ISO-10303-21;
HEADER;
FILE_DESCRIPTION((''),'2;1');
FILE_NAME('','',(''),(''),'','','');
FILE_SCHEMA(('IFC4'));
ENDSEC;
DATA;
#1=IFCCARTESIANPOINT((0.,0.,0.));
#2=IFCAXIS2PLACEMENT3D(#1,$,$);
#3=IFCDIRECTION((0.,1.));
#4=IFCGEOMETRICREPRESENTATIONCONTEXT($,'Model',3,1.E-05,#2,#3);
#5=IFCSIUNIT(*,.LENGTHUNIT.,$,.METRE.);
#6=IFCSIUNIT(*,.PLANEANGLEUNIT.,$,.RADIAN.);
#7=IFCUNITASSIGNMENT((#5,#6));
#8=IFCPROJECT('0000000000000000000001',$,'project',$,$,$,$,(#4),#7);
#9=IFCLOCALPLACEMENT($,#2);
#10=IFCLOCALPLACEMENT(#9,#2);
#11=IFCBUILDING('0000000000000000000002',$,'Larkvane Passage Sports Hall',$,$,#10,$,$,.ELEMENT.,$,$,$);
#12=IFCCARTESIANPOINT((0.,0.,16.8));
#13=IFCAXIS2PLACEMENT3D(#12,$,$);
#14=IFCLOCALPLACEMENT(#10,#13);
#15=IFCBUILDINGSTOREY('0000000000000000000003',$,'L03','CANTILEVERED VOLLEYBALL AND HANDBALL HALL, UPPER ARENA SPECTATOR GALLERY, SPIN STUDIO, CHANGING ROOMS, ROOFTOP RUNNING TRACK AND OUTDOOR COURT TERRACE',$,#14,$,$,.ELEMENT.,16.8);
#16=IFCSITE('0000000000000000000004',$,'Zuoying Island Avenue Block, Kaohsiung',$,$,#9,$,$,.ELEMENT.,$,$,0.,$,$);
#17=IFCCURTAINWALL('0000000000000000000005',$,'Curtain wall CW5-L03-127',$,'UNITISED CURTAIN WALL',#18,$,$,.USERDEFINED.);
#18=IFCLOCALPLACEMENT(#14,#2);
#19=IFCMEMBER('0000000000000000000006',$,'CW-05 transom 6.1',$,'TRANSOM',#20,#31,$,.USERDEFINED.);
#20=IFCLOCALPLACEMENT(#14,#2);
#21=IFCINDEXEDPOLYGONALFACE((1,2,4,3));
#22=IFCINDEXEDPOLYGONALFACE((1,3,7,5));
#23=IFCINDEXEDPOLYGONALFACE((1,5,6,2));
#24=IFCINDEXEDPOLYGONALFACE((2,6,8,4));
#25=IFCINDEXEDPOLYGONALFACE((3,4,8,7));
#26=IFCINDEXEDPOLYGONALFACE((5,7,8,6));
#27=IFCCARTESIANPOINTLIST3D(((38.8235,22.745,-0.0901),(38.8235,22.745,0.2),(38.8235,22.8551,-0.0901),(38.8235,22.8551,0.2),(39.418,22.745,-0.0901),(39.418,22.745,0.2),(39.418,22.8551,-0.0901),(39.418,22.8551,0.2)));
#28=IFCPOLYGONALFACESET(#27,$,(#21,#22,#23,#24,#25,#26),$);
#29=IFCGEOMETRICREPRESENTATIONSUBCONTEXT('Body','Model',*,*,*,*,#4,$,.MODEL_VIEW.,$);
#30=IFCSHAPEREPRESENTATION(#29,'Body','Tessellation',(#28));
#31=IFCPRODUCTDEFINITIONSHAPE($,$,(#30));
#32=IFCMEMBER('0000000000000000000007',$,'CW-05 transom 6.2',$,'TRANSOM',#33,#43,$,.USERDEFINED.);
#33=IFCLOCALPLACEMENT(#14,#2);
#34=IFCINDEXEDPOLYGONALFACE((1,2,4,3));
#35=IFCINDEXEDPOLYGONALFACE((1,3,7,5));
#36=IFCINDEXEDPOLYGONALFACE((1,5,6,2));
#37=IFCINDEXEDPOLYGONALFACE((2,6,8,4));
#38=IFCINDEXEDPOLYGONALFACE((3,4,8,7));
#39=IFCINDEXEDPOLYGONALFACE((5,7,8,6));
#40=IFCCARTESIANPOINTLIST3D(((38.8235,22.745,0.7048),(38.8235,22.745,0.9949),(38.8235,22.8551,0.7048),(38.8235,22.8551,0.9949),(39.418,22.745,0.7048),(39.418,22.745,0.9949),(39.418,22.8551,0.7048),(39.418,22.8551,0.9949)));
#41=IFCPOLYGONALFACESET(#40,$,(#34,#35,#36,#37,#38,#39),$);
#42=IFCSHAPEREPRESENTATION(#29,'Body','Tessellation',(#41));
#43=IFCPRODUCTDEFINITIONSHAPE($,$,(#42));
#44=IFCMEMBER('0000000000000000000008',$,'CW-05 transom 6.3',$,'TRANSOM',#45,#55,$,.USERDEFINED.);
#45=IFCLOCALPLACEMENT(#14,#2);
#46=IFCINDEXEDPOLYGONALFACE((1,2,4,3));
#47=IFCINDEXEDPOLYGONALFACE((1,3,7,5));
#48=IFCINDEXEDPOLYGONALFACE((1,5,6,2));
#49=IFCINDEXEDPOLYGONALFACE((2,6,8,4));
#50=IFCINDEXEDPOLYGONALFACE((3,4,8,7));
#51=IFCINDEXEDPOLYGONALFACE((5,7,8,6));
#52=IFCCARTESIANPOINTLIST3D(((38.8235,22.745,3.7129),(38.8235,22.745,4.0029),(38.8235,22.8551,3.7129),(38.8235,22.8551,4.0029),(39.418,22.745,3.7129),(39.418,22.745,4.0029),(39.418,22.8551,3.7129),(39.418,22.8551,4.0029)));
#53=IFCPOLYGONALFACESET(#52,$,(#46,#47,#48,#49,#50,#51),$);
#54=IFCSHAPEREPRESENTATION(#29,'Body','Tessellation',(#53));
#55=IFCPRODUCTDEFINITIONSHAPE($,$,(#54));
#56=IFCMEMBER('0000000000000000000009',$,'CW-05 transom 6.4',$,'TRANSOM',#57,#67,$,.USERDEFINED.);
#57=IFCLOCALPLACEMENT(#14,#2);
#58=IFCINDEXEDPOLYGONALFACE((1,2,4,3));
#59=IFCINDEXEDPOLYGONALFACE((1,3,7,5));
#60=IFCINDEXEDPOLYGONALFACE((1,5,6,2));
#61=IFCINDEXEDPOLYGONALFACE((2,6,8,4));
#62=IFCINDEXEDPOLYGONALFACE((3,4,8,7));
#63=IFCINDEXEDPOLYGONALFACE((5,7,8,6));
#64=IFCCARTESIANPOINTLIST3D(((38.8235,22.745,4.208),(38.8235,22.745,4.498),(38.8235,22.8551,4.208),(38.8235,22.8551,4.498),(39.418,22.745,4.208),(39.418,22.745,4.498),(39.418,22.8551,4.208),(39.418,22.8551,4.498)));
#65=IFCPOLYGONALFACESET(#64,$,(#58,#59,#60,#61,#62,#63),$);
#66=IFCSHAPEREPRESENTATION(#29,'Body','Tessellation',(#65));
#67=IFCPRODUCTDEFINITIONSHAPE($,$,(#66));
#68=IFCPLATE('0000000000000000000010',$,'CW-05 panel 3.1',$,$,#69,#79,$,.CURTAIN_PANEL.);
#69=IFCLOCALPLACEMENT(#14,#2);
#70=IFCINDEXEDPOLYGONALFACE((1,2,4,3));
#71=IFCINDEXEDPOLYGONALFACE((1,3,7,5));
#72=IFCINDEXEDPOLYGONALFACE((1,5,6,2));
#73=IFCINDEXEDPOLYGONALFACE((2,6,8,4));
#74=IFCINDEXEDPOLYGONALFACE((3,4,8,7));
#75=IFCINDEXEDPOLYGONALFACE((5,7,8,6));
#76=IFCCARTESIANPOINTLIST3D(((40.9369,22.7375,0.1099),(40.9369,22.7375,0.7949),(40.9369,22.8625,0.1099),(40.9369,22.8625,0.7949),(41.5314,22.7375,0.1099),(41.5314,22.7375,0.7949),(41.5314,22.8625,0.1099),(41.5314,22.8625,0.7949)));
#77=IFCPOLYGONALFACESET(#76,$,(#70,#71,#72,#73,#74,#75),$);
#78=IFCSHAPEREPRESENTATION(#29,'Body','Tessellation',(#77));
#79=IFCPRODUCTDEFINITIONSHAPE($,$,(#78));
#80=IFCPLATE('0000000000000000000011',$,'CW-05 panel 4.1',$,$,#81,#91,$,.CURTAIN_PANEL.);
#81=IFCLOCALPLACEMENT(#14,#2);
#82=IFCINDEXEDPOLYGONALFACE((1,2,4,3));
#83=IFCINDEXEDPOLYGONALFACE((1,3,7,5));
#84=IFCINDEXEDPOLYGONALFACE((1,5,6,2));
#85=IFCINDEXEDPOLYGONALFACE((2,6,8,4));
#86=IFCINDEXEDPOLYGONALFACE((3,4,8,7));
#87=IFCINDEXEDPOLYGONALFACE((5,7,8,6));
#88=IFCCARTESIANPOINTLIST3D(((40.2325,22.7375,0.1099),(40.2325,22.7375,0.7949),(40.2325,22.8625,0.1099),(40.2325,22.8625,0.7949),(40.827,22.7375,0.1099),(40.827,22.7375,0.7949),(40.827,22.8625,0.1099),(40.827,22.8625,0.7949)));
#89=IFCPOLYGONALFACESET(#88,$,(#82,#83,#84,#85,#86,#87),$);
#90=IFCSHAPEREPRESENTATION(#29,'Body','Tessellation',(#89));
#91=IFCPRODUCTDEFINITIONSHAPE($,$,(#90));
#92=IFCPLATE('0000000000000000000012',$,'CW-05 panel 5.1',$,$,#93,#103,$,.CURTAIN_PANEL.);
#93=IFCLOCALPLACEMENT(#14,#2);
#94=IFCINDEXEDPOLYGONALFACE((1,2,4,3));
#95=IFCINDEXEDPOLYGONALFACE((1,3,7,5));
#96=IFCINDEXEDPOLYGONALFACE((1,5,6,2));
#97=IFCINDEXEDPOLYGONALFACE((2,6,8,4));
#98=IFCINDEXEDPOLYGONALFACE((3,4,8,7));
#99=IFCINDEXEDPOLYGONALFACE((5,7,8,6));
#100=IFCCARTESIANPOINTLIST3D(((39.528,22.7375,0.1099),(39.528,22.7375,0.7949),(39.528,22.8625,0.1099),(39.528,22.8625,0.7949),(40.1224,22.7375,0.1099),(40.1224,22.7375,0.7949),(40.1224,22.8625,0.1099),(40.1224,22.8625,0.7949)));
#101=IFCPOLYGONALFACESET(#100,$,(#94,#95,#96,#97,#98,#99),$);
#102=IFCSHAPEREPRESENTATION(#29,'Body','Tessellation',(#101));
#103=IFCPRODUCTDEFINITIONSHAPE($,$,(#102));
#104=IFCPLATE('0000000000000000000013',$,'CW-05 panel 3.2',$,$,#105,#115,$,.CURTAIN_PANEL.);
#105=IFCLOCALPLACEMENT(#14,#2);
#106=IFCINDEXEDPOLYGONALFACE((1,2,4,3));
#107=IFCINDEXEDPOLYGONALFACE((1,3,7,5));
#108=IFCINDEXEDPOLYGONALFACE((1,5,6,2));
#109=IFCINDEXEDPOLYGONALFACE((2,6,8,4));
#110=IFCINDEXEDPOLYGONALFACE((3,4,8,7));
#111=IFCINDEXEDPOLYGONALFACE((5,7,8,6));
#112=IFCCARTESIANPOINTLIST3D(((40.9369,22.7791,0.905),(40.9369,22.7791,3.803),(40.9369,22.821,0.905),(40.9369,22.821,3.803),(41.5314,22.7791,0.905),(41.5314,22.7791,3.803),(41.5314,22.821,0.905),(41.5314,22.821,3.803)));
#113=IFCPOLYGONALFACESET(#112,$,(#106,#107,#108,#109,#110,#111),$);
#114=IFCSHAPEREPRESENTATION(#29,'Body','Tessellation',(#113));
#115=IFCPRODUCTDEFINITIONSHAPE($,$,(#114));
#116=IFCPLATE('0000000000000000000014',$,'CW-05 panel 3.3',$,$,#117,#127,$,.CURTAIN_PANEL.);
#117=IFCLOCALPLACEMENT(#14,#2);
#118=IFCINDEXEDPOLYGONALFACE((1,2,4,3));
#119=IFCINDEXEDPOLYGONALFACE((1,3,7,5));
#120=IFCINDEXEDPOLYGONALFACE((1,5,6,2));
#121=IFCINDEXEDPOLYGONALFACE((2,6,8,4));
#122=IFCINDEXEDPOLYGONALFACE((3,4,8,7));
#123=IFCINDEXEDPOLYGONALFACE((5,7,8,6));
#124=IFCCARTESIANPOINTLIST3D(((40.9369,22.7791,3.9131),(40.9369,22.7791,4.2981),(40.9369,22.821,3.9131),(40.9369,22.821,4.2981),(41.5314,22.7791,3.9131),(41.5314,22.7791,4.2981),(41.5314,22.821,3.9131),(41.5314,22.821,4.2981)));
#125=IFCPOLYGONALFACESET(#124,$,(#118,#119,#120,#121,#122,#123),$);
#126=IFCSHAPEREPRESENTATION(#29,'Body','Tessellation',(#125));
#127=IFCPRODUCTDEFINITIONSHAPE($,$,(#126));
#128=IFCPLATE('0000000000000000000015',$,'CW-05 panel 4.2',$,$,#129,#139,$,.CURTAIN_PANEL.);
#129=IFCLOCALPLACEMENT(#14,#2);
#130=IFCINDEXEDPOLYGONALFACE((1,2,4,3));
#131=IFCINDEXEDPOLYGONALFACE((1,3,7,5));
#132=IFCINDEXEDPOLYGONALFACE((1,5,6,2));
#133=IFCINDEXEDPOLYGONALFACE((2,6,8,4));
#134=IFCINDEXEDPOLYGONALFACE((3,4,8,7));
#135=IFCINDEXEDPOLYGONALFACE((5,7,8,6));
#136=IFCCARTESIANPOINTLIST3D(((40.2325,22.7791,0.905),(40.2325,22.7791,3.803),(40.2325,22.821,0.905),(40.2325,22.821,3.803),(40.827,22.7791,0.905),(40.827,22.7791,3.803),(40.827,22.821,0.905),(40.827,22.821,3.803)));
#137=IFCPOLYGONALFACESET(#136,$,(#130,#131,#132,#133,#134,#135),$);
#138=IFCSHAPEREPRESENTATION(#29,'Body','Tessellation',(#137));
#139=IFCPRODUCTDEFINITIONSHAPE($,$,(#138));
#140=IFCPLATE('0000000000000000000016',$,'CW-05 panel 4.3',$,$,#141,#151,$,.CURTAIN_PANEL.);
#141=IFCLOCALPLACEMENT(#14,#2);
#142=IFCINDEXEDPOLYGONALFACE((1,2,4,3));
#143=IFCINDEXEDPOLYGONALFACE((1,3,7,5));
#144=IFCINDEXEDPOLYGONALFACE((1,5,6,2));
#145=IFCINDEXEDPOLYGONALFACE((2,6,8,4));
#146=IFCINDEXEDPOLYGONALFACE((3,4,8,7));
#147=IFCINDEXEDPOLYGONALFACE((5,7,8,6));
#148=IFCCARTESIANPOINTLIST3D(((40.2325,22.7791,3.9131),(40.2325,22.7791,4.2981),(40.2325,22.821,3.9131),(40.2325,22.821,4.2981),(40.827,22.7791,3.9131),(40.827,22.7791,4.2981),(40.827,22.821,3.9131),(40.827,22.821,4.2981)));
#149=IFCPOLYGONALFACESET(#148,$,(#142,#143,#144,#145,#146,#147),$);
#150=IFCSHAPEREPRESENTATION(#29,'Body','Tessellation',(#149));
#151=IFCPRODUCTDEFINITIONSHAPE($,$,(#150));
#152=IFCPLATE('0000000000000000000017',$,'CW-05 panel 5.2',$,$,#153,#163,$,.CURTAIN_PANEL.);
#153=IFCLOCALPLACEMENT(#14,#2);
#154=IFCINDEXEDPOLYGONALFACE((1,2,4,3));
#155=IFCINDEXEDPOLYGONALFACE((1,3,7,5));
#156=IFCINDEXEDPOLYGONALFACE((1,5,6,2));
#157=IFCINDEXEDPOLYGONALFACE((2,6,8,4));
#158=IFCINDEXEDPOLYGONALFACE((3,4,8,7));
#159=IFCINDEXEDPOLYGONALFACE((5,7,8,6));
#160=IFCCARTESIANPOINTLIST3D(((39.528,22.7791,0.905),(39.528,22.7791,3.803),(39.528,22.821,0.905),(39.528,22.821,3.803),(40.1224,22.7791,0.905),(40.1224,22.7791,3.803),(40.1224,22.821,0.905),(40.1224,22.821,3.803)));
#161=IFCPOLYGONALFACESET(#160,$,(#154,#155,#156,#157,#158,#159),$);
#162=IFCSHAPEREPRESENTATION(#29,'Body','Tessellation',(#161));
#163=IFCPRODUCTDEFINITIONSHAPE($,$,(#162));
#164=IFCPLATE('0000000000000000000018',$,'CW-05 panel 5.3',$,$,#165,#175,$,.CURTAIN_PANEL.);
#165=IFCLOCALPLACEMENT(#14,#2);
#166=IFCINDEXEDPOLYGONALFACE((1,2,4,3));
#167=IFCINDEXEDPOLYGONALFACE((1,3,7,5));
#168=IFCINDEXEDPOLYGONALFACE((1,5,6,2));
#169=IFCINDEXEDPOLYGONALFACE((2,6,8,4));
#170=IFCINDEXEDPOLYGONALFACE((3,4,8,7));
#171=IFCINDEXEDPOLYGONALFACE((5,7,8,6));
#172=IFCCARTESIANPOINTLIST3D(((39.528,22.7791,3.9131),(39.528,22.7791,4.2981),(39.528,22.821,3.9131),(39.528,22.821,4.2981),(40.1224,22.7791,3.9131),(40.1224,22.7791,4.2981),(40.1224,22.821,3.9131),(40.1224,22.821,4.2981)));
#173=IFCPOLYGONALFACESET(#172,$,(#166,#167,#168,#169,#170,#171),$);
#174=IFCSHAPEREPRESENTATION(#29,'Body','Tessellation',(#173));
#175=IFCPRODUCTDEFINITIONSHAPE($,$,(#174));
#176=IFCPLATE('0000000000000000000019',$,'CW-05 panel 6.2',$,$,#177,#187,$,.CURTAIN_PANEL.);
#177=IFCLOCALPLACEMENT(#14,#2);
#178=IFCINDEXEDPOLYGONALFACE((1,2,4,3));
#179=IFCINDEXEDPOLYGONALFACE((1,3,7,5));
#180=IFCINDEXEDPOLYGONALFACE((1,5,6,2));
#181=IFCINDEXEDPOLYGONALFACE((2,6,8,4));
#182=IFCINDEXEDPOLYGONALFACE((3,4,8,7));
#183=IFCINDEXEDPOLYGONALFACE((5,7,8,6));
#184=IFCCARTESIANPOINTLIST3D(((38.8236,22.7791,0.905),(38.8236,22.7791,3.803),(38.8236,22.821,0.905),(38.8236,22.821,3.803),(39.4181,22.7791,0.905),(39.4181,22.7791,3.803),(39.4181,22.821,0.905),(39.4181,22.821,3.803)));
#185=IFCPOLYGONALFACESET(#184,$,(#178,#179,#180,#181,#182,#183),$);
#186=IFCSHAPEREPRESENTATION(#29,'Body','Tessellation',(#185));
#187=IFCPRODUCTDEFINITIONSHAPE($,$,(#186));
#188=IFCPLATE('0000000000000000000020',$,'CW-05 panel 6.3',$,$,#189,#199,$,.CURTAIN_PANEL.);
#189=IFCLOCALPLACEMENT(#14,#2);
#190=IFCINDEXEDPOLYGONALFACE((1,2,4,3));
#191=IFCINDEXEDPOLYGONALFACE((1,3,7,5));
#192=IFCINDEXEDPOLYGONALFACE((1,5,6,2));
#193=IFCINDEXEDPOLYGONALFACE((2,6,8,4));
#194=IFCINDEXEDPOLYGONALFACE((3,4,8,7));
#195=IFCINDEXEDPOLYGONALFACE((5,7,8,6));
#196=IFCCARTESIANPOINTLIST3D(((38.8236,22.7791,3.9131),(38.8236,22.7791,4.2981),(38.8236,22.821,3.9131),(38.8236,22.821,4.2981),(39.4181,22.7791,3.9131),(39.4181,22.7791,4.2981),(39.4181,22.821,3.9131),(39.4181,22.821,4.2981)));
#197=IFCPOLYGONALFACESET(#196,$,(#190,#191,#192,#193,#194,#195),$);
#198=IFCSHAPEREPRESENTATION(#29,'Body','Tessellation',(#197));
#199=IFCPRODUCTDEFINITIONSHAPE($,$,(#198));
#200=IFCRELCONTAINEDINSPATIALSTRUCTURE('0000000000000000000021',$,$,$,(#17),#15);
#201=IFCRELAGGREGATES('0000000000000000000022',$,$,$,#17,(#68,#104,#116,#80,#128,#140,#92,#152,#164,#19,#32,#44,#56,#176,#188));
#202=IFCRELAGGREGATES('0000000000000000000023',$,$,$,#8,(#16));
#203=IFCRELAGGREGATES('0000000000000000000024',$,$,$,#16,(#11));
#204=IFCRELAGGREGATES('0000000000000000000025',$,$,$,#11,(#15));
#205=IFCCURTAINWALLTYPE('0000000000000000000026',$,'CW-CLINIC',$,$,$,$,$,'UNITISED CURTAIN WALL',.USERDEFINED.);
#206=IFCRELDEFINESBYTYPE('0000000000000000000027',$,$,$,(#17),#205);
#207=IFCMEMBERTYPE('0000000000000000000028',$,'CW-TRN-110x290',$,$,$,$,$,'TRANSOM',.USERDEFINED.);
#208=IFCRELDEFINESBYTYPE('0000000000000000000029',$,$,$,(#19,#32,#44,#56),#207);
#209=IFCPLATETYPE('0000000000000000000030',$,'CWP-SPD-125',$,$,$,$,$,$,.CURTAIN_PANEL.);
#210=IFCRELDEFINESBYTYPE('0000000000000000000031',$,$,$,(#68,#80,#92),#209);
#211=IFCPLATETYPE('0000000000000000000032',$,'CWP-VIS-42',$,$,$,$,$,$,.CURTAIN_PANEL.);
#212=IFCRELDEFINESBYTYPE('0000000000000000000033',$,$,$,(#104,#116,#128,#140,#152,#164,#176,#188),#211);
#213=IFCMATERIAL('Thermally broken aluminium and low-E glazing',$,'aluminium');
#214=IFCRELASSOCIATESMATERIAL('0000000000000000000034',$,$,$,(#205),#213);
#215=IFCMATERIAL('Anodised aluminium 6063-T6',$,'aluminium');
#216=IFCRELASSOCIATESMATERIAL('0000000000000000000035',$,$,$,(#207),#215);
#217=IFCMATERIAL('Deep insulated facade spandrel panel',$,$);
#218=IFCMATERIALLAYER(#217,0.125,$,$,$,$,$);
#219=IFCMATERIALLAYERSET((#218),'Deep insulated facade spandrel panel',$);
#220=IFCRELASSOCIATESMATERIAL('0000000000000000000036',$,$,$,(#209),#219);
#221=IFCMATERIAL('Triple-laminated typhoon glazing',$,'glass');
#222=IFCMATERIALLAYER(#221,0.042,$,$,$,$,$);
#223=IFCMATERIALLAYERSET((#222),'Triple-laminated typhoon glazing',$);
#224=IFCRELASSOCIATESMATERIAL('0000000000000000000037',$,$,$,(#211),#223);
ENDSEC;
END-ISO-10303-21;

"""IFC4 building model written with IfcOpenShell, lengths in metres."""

from ifc_helpers import new_model, si_unit, direction, frame, origin, origin_2d, place, context, subcontext, project, spatial, rectangle, extrude, material, layer, layer_set, material_profile, profile_set, type_object, element, aggregate, save


model = new_model("IFC4")

# Units and contexts
model_context = context("Model", 3, precision=1e-05, world=origin(), true_north=direction((0.0, 1.0)))
body_context = subcontext(model_context, "Body", "Model", "MODEL_VIEW")
ifc_project = project(units=[si_unit("LENGTHUNIT", "METRE"), si_unit("PLANEANGLEUNIT", "RADIAN")], contexts=[model_context])

# Site, building, storey
site_placement = place(None, origin())
site = spatial("IfcSite", under=ifc_project, at=site_placement, Name="Zuoying Island Avenue Block, Kaohsiung", CompositionType="ELEMENT", RefElevation=0.0)
building_placement = place(site_placement, origin())
building = spatial("IfcBuilding", under=site, at=building_placement, Name="Larkvane Passage Sports Hall", CompositionType="ELEMENT")
storey_placement = place(building_placement, frame((0.0, 0.0, 16.8)))
storey = spatial("IfcBuildingStorey", under=building, at=storey_placement, Name="L03", Description="CANTILEVERED VOLLEYBALL AND HANDBALL HALL, UPPER ARENA SPECTATOR GALLERY, SPIN STUDIO, CHANGING ROOMS, ROOFTOP RUNNING TRACK AND OUTDOOR COURT TERRACE", CompositionType="ELEMENT", Elevation=16.8)

# Curtain wall, members, plates
ifc_material_1 = material(Name="Thermally broken aluminium and low-E glazing", Category="aluminium")
curtain_wall_type = type_object("IfcCurtainWallType", Name="CW-CLINIC", ElementType="UNITISED CURTAIN WALL", PredefinedType="USERDEFINED", material=ifc_material_1)
curtain_wall_placement = place(storey_placement, origin())
curtain_wall = element("IfcCurtainWall", 1, at=curtain_wall_placement, inside=storey, type_object=curtain_wall_type, Name="Curtain wall CW5-L03-127", ObjectType="UNITISED CURTAIN WALL", PredefinedType="USERDEFINED")
ifc_material_2 = material(Name="Anodised aluminium 6063-T6", Category="aluminium")
ifc_material_profile_1 = material_profile(ifc_material_2, rectangle(XDim=0.1101, YDim=0.29, at=origin_2d()), Name="ALU-TRN-110x290")
ifc_profile_set_1 = profile_set([ifc_material_profile_1], Name="Anodised aluminium 6063-T6")
member_type_1 = type_object("IfcMemberType", Name="CW-TRN-110x290", ElementType="TRANSOM", PredefinedType="USERDEFINED", material=ifc_profile_set_1)
member_1_placement = place(storey_placement, frame((39.418, 22.8, 0.0549), z_axis=(-1.0, 0.0, 0.0), x_axis=(0.0, -1.0, 0.0)))
member_1 = element("IfcMember", 2, at=member_1_placement, type_object=member_type_1, Name="CW-05 transom 6.1", ObjectType="TRANSOM", PredefinedType="USERDEFINED", context=body_context, shape_type="SweptSolid", body=[
    extrude(rectangle(XDim=0.1101, YDim=0.29, at=origin_2d()), origin(), (0.0, 0.0, 1.0), 0.5945),
])
member_2_placement = place(storey_placement, frame((39.418, 22.8, 0.8499), z_axis=(-1.0, 0.0, 0.0), x_axis=(0.0, -1.0, 0.0)))
member_2 = element("IfcMember", 3, at=member_2_placement, type_object=member_type_1, Name="CW-05 transom 6.2", ObjectType="TRANSOM", PredefinedType="USERDEFINED", context=body_context, shape_type="SweptSolid", body=[
    extrude(rectangle(XDim=0.1101, YDim=0.29, at=origin_2d()), origin(), (0.0, 0.0, 1.0), 0.5945),
])
member_3_placement = place(storey_placement, frame((39.418, 22.8, 3.8579), z_axis=(-1.0, 0.0, 0.0), x_axis=(0.0, -1.0, 0.0)))
member_3 = element("IfcMember", 4, at=member_3_placement, type_object=member_type_1, Name="CW-05 transom 6.3", ObjectType="TRANSOM", PredefinedType="USERDEFINED", context=body_context, shape_type="SweptSolid", body=[
    extrude(rectangle(XDim=0.1101, YDim=0.29, at=origin_2d()), origin(), (0.0, 0.0, 1.0), 0.5945),
])
member_4_placement = place(storey_placement, frame((39.418, 22.8, 4.353), z_axis=(-1.0, 0.0, 0.0), x_axis=(0.0, -1.0, 0.0)))
member_4 = element("IfcMember", 5, at=member_4_placement, type_object=member_type_1, Name="CW-05 transom 6.4", ObjectType="TRANSOM", PredefinedType="USERDEFINED", context=body_context, shape_type="SweptSolid", body=[
    extrude(rectangle(XDim=0.1101, YDim=0.29, at=origin_2d()), origin(), (0.0, 0.0, 1.0), 0.5945),
])
ifc_material_3 = material(Name="Deep insulated facade spandrel panel")
ifc_layer_1 = layer(ifc_material_3, 0.125)
ifc_layer_set_1 = layer_set([ifc_layer_1], Name="Deep insulated facade spandrel panel")
plate_type_1 = type_object("IfcPlateType", Name="CWP-SPD-125", PredefinedType="CURTAIN_PANEL", material=ifc_layer_set_1)
plate_1_placement = place(storey_placement, frame((41.2341, 22.8, 0.1099), z_axis=(0.0, 0.0, 1.0), x_axis=(-1.0, 0.0, 0.0)))
plate_1 = element("IfcPlate", 6, at=plate_1_placement, type_object=plate_type_1, Name="CW-05 panel 3.1", PredefinedType="CURTAIN_PANEL", context=body_context, shape_type="SweptSolid", body=[
    extrude(rectangle(XDim=0.5945, YDim=0.125, at=origin_2d()), origin(), (0.0, 0.0, 1.0), 0.6851),
])
plate_2_placement = place(storey_placement, frame((40.5298, 22.8, 0.1099), z_axis=(0.0, 0.0, 1.0), x_axis=(-1.0, 0.0, 0.0)))
plate_2 = element("IfcPlate", 7, at=plate_2_placement, type_object=plate_type_1, Name="CW-05 panel 4.1", PredefinedType="CURTAIN_PANEL", context=body_context, shape_type="SweptSolid", body=[
    extrude(rectangle(XDim=0.5945, YDim=0.125, at=origin_2d()), origin(), (0.0, 0.0, 1.0), 0.6851),
])
plate_3_placement = place(storey_placement, frame((39.8252, 22.8, 0.1099), z_axis=(0.0, 0.0, 1.0), x_axis=(-1.0, 0.0, 0.0)))
plate_3 = element("IfcPlate", 8, at=plate_3_placement, type_object=plate_type_1, Name="CW-05 panel 5.1", PredefinedType="CURTAIN_PANEL", context=body_context, shape_type="SweptSolid", body=[
    extrude(rectangle(XDim=0.5945, YDim=0.125, at=origin_2d()), origin(), (0.0, 0.0, 1.0), 0.6851),
])
ifc_material_4 = material(Name="Triple-laminated typhoon glazing", Category="glass")
ifc_layer_2 = layer(ifc_material_4, 0.042)
ifc_layer_set_2 = layer_set([ifc_layer_2], Name="Triple-laminated typhoon glazing")
plate_type_2 = type_object("IfcPlateType", Name="CWP-VIS-42", PredefinedType="CURTAIN_PANEL", material=ifc_layer_set_2)
plate_4_placement = place(storey_placement, frame((41.2341, 22.8, 0.905), z_axis=(0.0, 0.0, 1.0), x_axis=(-1.0, 0.0, 0.0)))
plate_4 = element("IfcPlate", 9, at=plate_4_placement, type_object=plate_type_2, Name="CW-05 panel 3.2", PredefinedType="CURTAIN_PANEL", context=body_context, shape_type="SweptSolid", body=[
    extrude(rectangle(XDim=0.5945, YDim=0.042, at=origin_2d()), origin(), (0.0, 0.0, 1.0), 2.8979),
])
plate_5_placement = place(storey_placement, frame((41.2341, 22.8, 3.9131), z_axis=(0.0, 0.0, 1.0), x_axis=(-1.0, 0.0, 0.0)))
plate_5 = element("IfcPlate", 10, at=plate_5_placement, type_object=plate_type_2, Name="CW-05 panel 3.3", PredefinedType="CURTAIN_PANEL", context=body_context, shape_type="SweptSolid", body=[
    extrude(rectangle(XDim=0.5945, YDim=0.042, at=origin_2d()), origin(), (0.0, 0.0, 1.0), 0.385),
])
plate_6_placement = place(storey_placement, frame((40.5298, 22.8, 0.905), z_axis=(0.0, 0.0, 1.0), x_axis=(-1.0, 0.0, 0.0)))
plate_6 = element("IfcPlate", 11, at=plate_6_placement, type_object=plate_type_2, Name="CW-05 panel 4.2", PredefinedType="CURTAIN_PANEL", context=body_context, shape_type="SweptSolid", body=[
    extrude(rectangle(XDim=0.5945, YDim=0.042, at=origin_2d()), origin(), (0.0, 0.0, 1.0), 2.8979),
])
plate_7_placement = place(storey_placement, frame((40.5298, 22.8, 3.9131), z_axis=(0.0, 0.0, 1.0), x_axis=(-1.0, 0.0, 0.0)))
plate_7 = element("IfcPlate", 12, at=plate_7_placement, type_object=plate_type_2, Name="CW-05 panel 4.3", PredefinedType="CURTAIN_PANEL", context=body_context, shape_type="SweptSolid", body=[
    extrude(rectangle(XDim=0.5945, YDim=0.042, at=origin_2d()), origin(), (0.0, 0.0, 1.0), 0.385),
])
plate_8_placement = place(storey_placement, frame((39.8252, 22.8, 0.905), z_axis=(0.0, 0.0, 1.0), x_axis=(-1.0, 0.0, 0.0)))
plate_8 = element("IfcPlate", 13, at=plate_8_placement, type_object=plate_type_2, Name="CW-05 panel 5.2", PredefinedType="CURTAIN_PANEL", context=body_context, shape_type="SweptSolid", body=[
    extrude(rectangle(XDim=0.5945, YDim=0.042, at=origin_2d()), origin(), (0.0, 0.0, 1.0), 2.8979),
])
plate_9_placement = place(storey_placement, frame((39.8252, 22.8, 3.9131), z_axis=(0.0, 0.0, 1.0), x_axis=(-1.0, 0.0, 0.0)))
plate_9 = element("IfcPlate", 14, at=plate_9_placement, type_object=plate_type_2, Name="CW-05 panel 5.3", PredefinedType="CURTAIN_PANEL", context=body_context, shape_type="SweptSolid", body=[
    extrude(rectangle(XDim=0.5945, YDim=0.042, at=origin_2d()), origin(), (0.0, 0.0, 1.0), 0.385),
])
plate_10_placement = place(storey_placement, frame((39.1208, 22.8, 0.905), z_axis=(0.0, 0.0, 1.0), x_axis=(-1.0, 0.0, 0.0)))
plate_10 = element("IfcPlate", 15, at=plate_10_placement, type_object=plate_type_2, Name="CW-05 panel 6.2", PredefinedType="CURTAIN_PANEL", context=body_context, shape_type="SweptSolid", body=[
    extrude(rectangle(XDim=0.5945, YDim=0.042, at=origin_2d()), origin(), (0.0, 0.0, 1.0), 2.8979),
])
plate_11_placement = place(storey_placement, frame((39.1208, 22.8, 3.9131), z_axis=(0.0, 0.0, 1.0), x_axis=(-1.0, 0.0, 0.0)))
plate_11 = element("IfcPlate", 16, at=plate_11_placement, type_object=plate_type_2, Name="CW-05 panel 6.3", PredefinedType="CURTAIN_PANEL", context=body_context, shape_type="SweptSolid", body=[
    extrude(rectangle(XDim=0.5945, YDim=0.042, at=origin_2d()), origin(), (0.0, 0.0, 1.0), 0.385),
])
aggregate(curtain_wall, [plate_1, plate_4, plate_5, plate_2, plate_6, plate_7, plate_3, plate_8, plate_9, member_1, member_2, member_3, member_4, plate_10, plate_11])

save(model, "model.ifc")
